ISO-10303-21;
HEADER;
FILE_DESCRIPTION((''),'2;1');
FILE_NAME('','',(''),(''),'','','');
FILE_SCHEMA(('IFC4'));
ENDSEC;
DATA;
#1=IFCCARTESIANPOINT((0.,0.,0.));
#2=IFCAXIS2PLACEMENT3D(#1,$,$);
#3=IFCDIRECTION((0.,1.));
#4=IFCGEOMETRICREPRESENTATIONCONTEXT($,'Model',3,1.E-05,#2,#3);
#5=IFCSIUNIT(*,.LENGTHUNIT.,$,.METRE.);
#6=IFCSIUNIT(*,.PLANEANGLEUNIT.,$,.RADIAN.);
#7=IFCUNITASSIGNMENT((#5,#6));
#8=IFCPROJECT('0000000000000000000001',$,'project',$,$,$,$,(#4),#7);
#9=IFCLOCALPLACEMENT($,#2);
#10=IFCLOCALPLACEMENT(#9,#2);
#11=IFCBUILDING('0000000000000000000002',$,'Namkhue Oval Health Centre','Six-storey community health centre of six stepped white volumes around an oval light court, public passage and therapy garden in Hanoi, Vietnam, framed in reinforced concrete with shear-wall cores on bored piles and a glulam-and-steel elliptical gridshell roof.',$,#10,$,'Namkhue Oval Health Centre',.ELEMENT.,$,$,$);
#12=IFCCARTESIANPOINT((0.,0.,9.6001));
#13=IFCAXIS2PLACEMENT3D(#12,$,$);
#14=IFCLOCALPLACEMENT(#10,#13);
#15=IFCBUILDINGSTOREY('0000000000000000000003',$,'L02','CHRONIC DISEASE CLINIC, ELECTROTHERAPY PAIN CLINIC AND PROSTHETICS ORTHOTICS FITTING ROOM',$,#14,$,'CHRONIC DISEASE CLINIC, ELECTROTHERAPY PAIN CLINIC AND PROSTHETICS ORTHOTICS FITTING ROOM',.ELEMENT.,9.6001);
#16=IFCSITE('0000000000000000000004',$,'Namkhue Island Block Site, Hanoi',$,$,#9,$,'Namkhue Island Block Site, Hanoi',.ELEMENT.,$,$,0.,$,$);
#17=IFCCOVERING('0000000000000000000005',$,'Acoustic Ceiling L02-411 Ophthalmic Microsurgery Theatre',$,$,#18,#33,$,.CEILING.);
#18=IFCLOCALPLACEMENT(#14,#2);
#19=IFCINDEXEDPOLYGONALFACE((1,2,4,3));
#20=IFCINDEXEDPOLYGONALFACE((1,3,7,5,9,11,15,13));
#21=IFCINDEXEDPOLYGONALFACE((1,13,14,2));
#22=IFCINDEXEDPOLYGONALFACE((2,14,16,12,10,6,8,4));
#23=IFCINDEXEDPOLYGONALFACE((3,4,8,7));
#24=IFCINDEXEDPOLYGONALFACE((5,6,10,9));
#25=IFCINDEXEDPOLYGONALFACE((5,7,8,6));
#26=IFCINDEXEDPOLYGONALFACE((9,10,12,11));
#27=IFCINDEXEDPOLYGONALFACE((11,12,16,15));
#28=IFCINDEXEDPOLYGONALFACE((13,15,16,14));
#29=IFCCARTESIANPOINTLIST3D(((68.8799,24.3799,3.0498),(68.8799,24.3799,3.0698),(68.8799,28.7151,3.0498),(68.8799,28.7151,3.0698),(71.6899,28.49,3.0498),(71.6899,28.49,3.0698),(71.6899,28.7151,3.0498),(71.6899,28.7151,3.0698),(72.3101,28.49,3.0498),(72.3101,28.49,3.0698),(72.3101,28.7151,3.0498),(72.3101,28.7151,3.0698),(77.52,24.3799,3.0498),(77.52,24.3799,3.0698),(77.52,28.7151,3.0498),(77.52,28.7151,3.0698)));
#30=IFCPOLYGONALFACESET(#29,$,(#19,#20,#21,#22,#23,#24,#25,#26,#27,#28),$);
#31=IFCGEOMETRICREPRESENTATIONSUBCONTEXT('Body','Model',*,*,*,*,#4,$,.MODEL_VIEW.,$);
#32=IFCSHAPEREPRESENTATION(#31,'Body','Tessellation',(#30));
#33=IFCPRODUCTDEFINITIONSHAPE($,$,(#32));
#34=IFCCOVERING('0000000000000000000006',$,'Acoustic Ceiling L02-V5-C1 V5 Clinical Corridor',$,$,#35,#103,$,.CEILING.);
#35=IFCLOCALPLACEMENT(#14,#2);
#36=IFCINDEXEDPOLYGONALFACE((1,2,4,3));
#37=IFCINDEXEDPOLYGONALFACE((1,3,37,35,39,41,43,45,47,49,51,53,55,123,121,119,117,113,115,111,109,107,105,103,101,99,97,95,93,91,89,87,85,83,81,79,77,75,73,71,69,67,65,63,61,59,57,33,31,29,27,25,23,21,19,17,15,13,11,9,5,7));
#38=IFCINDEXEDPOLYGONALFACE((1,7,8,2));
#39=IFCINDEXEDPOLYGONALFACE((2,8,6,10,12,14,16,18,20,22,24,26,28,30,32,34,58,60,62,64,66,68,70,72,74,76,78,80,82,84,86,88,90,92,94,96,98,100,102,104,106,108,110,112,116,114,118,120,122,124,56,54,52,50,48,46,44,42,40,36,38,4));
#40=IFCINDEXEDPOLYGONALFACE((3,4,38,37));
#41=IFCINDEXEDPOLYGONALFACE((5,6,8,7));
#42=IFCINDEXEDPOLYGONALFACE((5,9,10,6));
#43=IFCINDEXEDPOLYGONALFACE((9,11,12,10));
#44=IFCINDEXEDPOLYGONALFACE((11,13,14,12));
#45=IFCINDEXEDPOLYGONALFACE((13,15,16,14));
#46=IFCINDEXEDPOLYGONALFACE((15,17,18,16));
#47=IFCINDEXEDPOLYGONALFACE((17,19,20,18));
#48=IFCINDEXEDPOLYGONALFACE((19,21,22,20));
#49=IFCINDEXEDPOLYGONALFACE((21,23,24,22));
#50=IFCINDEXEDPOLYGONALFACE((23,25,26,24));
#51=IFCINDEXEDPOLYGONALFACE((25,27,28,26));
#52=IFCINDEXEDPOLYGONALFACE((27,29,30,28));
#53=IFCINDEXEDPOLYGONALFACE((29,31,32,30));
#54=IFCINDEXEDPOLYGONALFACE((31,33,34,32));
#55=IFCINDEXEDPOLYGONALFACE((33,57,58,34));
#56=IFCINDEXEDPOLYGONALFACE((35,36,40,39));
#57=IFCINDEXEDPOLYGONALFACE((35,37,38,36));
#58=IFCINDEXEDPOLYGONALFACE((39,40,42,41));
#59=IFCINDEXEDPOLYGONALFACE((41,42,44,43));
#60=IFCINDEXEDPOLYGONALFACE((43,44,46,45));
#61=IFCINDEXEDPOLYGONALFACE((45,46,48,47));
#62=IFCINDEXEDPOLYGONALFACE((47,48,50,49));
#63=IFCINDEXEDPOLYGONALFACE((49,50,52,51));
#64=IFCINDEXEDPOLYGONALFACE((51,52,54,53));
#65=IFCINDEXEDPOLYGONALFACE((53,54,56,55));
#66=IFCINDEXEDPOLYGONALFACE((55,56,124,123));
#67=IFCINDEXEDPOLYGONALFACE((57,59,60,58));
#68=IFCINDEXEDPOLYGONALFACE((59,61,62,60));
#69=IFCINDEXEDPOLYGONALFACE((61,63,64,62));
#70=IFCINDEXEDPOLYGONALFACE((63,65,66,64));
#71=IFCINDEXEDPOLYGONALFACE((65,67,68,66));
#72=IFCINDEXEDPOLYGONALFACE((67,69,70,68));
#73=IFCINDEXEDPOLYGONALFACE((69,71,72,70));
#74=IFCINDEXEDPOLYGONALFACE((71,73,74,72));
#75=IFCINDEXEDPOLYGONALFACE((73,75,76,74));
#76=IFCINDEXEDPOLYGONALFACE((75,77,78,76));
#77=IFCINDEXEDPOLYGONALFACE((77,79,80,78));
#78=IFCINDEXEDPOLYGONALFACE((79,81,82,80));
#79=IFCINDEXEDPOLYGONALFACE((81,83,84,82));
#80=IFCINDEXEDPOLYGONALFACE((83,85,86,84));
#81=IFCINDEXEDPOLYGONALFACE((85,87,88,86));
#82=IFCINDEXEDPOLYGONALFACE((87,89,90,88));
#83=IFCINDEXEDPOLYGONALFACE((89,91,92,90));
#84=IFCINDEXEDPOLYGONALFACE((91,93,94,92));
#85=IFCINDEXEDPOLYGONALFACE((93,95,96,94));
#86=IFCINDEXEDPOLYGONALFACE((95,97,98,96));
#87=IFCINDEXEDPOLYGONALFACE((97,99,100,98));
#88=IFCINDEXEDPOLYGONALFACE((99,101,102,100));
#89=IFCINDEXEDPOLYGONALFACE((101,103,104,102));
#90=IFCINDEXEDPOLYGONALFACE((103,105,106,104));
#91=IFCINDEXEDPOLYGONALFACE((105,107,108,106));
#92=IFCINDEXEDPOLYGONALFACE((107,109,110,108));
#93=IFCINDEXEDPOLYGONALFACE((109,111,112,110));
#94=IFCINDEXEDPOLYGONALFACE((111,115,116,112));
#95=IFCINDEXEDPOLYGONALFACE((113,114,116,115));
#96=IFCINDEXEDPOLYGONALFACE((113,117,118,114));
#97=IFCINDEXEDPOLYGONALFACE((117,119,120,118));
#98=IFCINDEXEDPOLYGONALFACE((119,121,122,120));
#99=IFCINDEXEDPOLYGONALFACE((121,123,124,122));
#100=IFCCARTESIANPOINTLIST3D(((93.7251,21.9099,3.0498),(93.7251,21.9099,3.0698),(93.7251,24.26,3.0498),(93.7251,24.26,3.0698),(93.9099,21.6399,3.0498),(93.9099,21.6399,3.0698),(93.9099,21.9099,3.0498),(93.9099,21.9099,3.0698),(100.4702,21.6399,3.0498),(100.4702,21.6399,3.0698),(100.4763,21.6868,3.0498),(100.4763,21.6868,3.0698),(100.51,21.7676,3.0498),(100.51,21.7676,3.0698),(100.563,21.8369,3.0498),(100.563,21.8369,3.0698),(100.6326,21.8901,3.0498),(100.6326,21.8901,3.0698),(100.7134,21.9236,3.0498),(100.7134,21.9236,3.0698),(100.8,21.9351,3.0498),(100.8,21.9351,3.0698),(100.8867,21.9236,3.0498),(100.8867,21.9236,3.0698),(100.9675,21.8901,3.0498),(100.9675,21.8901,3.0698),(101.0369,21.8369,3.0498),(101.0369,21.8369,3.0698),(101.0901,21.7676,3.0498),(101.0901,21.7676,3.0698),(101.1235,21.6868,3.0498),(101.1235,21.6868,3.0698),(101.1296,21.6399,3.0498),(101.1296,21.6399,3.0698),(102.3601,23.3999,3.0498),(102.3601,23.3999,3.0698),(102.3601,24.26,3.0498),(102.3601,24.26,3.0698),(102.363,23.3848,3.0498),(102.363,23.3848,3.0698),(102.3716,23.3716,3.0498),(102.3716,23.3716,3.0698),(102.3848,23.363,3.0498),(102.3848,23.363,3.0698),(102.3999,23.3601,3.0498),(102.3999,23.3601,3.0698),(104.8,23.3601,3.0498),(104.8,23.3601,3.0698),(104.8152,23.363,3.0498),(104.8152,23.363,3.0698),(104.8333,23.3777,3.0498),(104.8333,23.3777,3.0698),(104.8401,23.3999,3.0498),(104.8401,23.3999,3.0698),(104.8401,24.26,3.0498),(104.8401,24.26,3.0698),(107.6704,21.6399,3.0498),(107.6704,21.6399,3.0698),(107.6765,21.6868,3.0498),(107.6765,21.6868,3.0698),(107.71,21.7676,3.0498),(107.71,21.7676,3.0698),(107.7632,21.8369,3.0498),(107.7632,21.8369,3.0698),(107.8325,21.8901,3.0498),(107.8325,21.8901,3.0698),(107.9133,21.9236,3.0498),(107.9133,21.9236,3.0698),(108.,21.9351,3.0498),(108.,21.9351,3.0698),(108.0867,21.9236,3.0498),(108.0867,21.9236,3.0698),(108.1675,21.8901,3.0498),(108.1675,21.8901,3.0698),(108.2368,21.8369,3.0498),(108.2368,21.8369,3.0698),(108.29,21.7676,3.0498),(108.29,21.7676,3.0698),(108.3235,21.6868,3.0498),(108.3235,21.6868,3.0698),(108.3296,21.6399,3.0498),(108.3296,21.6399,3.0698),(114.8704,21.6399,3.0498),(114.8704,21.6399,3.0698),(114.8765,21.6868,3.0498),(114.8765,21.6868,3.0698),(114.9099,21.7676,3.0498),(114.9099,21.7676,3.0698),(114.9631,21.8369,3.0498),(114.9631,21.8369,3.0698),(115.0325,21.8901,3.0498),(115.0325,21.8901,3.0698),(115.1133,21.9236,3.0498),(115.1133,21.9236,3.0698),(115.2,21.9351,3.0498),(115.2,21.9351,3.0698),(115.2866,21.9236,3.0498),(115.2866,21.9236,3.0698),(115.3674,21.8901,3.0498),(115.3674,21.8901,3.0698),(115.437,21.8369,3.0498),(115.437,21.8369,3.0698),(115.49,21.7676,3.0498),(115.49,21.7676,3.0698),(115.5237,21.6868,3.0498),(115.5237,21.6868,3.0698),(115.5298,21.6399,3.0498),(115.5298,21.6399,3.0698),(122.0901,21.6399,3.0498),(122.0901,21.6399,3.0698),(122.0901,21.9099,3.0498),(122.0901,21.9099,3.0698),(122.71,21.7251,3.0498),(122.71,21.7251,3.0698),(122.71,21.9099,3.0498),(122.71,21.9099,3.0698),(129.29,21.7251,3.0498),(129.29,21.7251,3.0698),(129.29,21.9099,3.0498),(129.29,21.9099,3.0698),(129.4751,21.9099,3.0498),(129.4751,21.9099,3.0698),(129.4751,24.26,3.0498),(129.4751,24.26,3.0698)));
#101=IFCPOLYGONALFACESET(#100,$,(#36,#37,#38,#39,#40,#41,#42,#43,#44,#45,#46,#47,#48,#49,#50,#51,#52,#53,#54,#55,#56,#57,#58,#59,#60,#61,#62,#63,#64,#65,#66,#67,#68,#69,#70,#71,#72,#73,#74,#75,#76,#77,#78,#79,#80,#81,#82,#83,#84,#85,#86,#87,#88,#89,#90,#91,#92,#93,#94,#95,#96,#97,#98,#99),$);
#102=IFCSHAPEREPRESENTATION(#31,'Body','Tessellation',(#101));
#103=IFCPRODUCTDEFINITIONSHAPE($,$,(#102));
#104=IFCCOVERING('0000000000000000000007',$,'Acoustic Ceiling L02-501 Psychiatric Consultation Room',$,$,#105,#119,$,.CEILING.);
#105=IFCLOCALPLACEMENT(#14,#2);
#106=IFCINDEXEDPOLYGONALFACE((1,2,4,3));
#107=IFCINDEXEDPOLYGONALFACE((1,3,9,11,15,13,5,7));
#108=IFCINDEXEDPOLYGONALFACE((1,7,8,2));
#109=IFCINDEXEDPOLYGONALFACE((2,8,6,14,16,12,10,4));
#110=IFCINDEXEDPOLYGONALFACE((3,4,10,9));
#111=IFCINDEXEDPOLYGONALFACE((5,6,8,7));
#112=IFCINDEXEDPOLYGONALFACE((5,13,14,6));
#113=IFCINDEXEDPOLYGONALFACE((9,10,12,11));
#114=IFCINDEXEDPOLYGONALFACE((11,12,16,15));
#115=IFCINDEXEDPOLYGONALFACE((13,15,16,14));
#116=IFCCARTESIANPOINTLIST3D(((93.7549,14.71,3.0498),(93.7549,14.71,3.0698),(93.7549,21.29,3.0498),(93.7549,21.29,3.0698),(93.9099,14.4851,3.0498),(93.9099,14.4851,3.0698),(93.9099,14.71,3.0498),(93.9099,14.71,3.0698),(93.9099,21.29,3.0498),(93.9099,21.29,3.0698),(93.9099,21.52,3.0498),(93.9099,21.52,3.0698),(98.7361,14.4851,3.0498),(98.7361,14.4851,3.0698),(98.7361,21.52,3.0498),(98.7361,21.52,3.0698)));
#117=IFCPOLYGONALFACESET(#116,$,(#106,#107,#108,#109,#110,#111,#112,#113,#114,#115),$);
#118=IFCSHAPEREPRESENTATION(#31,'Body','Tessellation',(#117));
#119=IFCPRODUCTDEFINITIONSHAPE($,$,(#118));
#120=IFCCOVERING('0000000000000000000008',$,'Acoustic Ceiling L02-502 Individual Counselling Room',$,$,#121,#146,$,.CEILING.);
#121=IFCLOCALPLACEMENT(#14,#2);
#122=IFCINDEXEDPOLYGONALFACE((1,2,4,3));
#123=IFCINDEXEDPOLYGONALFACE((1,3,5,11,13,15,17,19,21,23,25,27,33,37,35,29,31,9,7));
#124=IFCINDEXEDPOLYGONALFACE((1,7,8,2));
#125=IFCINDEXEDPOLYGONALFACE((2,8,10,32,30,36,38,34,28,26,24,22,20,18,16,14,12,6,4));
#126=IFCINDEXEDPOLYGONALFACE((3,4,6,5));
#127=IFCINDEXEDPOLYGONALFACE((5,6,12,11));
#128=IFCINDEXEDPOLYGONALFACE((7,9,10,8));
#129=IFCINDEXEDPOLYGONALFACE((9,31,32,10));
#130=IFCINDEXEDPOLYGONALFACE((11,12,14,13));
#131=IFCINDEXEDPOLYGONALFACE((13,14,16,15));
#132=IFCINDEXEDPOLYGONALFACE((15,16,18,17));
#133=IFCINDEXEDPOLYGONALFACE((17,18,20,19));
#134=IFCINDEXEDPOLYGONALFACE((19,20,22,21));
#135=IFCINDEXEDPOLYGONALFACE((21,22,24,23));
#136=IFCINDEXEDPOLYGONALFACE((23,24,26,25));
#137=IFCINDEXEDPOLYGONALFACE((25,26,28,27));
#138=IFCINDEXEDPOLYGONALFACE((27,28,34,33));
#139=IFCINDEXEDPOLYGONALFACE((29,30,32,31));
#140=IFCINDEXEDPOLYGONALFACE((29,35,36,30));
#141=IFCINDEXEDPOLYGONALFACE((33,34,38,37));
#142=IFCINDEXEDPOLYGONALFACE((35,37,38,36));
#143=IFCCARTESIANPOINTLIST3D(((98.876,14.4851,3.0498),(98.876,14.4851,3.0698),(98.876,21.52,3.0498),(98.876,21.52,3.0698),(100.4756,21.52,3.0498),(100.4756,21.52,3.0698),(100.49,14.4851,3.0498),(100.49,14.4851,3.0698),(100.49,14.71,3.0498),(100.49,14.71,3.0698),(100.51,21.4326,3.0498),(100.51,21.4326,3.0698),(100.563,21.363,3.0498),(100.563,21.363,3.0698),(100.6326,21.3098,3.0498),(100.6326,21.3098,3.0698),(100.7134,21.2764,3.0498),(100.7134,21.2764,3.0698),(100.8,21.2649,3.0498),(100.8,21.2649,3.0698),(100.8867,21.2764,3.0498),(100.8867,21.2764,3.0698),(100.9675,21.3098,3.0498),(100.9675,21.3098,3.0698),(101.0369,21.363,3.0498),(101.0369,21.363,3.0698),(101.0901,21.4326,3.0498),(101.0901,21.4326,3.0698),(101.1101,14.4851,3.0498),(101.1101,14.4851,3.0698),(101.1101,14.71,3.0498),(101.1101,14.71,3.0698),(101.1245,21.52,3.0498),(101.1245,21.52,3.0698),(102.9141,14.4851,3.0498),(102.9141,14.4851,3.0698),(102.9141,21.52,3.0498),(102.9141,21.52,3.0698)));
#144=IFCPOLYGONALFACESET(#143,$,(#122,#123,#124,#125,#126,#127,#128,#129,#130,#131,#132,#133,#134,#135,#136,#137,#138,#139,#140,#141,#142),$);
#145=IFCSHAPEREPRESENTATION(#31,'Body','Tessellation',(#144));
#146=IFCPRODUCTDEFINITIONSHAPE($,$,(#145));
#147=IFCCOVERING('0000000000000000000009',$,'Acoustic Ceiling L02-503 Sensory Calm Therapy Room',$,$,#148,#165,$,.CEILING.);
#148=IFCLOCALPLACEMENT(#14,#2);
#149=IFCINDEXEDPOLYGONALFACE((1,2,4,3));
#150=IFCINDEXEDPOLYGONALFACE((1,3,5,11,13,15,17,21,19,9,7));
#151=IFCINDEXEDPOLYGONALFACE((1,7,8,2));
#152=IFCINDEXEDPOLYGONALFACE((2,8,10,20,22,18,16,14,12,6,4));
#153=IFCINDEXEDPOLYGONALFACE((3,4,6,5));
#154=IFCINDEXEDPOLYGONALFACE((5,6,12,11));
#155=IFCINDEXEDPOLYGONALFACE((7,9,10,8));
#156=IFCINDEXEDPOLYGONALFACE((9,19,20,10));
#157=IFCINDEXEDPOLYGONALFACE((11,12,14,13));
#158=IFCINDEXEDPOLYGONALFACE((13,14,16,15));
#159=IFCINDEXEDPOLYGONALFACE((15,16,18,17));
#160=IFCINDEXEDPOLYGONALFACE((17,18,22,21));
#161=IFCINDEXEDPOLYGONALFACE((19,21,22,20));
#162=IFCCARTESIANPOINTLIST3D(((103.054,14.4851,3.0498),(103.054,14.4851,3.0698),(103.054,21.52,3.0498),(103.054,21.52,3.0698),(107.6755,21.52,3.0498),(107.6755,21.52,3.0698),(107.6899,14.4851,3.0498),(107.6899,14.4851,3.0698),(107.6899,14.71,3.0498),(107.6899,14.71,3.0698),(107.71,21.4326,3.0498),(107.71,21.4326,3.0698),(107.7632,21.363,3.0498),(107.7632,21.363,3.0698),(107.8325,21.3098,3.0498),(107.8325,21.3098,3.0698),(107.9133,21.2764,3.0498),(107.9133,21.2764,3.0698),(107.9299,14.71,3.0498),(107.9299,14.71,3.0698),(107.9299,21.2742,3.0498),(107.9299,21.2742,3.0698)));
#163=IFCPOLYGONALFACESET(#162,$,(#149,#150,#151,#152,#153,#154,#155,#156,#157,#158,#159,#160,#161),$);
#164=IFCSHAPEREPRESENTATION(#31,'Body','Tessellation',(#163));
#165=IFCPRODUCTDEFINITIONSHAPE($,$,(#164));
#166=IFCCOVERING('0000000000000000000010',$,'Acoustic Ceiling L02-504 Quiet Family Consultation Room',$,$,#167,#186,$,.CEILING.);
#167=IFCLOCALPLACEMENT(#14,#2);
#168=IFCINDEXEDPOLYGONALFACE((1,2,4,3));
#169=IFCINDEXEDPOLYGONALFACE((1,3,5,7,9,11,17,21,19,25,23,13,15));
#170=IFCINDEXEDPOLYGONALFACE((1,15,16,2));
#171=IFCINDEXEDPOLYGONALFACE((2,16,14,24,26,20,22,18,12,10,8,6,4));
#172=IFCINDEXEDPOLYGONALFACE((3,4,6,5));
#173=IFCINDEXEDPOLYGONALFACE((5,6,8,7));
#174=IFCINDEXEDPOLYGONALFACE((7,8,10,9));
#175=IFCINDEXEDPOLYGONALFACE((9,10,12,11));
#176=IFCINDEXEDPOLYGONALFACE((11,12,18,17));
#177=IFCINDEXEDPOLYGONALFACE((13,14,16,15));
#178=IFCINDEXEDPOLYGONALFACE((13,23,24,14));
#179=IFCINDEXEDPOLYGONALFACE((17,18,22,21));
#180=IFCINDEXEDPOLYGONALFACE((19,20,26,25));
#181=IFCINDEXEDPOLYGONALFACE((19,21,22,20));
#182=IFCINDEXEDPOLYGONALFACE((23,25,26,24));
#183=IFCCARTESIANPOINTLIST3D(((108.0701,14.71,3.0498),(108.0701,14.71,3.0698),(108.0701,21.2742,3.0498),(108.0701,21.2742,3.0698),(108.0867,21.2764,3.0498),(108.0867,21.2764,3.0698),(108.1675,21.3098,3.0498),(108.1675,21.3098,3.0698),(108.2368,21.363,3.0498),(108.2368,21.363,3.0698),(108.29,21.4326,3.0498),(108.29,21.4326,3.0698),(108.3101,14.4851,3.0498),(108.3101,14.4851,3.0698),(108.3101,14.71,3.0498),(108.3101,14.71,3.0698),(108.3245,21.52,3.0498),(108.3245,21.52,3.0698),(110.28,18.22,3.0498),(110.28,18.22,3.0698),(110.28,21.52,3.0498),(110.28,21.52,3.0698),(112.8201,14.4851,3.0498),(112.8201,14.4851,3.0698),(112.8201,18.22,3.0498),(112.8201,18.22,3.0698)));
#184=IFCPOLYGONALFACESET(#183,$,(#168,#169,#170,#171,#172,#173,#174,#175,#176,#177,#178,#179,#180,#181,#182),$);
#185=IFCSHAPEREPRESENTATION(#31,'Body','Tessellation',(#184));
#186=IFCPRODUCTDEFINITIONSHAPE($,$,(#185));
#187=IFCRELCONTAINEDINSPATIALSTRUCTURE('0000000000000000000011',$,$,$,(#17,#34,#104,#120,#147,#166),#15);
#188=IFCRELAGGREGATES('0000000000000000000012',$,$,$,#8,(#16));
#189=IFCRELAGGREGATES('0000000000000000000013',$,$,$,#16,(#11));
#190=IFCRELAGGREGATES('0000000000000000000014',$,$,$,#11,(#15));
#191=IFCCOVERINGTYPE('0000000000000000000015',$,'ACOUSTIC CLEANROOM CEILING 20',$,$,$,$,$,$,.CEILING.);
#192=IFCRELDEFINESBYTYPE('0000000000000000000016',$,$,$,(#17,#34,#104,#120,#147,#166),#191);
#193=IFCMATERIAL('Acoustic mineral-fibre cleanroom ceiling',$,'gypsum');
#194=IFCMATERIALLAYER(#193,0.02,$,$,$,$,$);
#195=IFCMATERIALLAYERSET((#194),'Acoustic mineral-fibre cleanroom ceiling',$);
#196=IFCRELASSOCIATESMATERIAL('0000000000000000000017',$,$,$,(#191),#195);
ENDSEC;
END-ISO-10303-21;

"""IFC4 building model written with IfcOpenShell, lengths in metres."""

from ifc_helpers import new_model, si_unit, direction, frame, origin, place, context, subcontext, project, spatial, polyline, outline, extrude, material, layer, layer_set, type_object, element, save


model = new_model("IFC4")

# Units and contexts
model_context = context("Model", 3, precision=1e-05, world=origin(), true_north=direction((0.0, 1.0)))
body_context = subcontext(model_context, "Body", "Model", "MODEL_VIEW")
ifc_project = project(units=[si_unit("LENGTHUNIT", "METRE"), si_unit("PLANEANGLEUNIT", "RADIAN")], contexts=[model_context])

# Site, building, storey
site_placement = place(None, origin())
site = spatial("IfcSite", under=ifc_project, at=site_placement, Name="Namkhue Island Block Site, Hanoi", LongName="Namkhue Island Block Site, Hanoi", CompositionType="ELEMENT", RefElevation=0.0)
building_placement = place(site_placement, origin())
building = spatial("IfcBuilding", under=site, at=building_placement, Name="Namkhue Oval Health Centre", Description="Six-storey community health centre of six stepped white volumes around an oval light court, public passage and therapy garden in Hanoi, Vietnam, framed in reinforced concrete with shear-wall cores on bored piles and a glulam-and-steel elliptical gridshell roof.", LongName="Namkhue Oval Health Centre", CompositionType="ELEMENT")
storey_placement = place(building_placement, frame((0.0, 0.0, 9.6001)))
storey = spatial("IfcBuildingStorey", under=building, at=storey_placement, Name="L02", Description="CHRONIC DISEASE CLINIC, ELECTROTHERAPY PAIN CLINIC AND PROSTHETICS ORTHOTICS FITTING ROOM", LongName="CHRONIC DISEASE CLINIC, ELECTROTHERAPY PAIN CLINIC AND PROSTHETICS ORTHOTICS FITTING ROOM", CompositionType="ELEMENT", Elevation=9.6001)

# Coverings
ifc_material_1 = material(Name="Acoustic mineral-fibre cleanroom ceiling", Category="gypsum")
ifc_layer_1 = layer(ifc_material_1, 0.02)
ifc_layer_set_1 = layer_set([ifc_layer_1], Name="Acoustic mineral-fibre cleanroom ceiling")
covering_type_1 = type_object("IfcCoveringType", Name="ACOUSTIC CLEANROOM CEILING 20", PredefinedType="CEILING", material=ifc_layer_set_1)
covering_1_placement = place(storey_placement, frame((0.0, 0.0, 3.0498)))
element("IfcCovering", 1, at=covering_1_placement, inside=storey, type_object=covering_type_1, Name="Acoustic Ceiling L02-411 Ophthalmic Microsurgery Theatre", PredefinedType="CEILING", context=body_context, shape_type="SweptSolid", body=[
    extrude(outline(polyline([(68.8799, 24.3799), (68.8799, 28.7151), (71.6899, 28.7151), (71.6899, 28.49), (72.3101, 28.49), (72.3101, 28.7151), (77.52, 28.7151), (77.52, 24.3799), (68.8799, 24.3799)])), origin(), (0.0, 0.0, 1.0), 0.02),
])
covering_2_placement = place(storey_placement, frame((0.0, 0.0, 3.0498)))
element("IfcCovering", 2, at=covering_2_placement, inside=storey, type_object=covering_type_1, Name="Acoustic Ceiling L02-V5-C1 V5 Clinical Corridor", PredefinedType="CEILING", context=body_context, shape_type="SweptSolid", body=[
    extrude(outline(polyline([(115.5298, 21.6399), (115.5237, 21.6868), (115.49, 21.7676), (115.437, 21.8369), (115.3674, 21.8901), (115.2866, 21.9236), (115.2, 21.9351), (115.1133, 21.9236), (115.0325, 21.8901), (114.9631, 21.8369), (114.9099, 21.7676), (114.8765, 21.6868), (114.8704, 21.6399), (108.3296, 21.6399), (108.3235, 21.6868), (108.29, 21.7676), (108.2368, 21.8369), (108.1675, 21.8901), (108.0867, 21.9236), (108.0, 21.9351), (107.9133, 21.9236), (107.8325, 21.8901), (107.7632, 21.8369), (107.71, 21.7676), (107.6765, 21.6868), (107.6704, 21.6399), (101.1296, 21.6399), (101.1235, 21.6868), (101.0901, 21.7676), (101.0369, 21.8369), (100.9675, 21.8901), (100.8867, 21.9236), (100.8, 21.9351), (100.7134, 21.9236), (100.6326, 21.8901), (100.563, 21.8369), (100.51, 21.7676), (100.4763, 21.6868), (100.4702, 21.6399), (93.9099, 21.6399), (93.9099, 21.9099), (93.7251, 21.9099), (93.7251, 24.26), (102.3601, 24.26), (102.3601, 23.3999), (102.363, 23.3848), (102.3716, 23.3716), (102.3848, 23.363), (102.3999, 23.3601), (104.8, 23.3601), (104.8152, 23.363), (104.8333, 23.3777), (104.8401, 23.3999), (104.8401, 24.26), (129.4751, 24.26), (129.4751, 21.9099), (129.29, 21.9099), (129.29, 21.7251), (122.71, 21.7251), (122.71, 21.9099), (122.0901, 21.9099), (122.0901, 21.6399), (115.5298, 21.6399)])), origin(), (0.0, 0.0, 1.0), 0.02),
])
covering_3_placement = place(storey_placement, frame((0.0, 0.0, 3.0498)))
element("IfcCovering", 3, at=covering_3_placement, inside=storey, type_object=covering_type_1, Name="Acoustic Ceiling L02-501 Psychiatric Consultation Room", PredefinedType="CEILING", context=body_context, shape_type="SweptSolid", body=[
    extrude(outline(polyline([(93.9099, 14.4851), (93.9099, 14.71), (93.7549, 14.71), (93.7549, 21.29), (93.9099, 21.29), (93.9099, 21.52), (98.7361, 21.52), (98.7361, 14.4851), (93.9099, 14.4851)])), origin(), (0.0, 0.0, 1.0), 0.02),
])
covering_4_placement = place(storey_placement, frame((0.0, 0.0, 3.0498)))
element("IfcCovering", 4, at=covering_4_placement, inside=storey, type_object=covering_type_1, Name="Acoustic Ceiling L02-502 Individual Counselling Room", PredefinedType="CEILING", context=body_context, shape_type="SweptSolid", body=[
    extrude(outline(polyline([(101.1101, 14.4851), (101.1101, 14.71), (100.49, 14.71), (100.49, 14.4851), (98.876, 14.4851), (98.876, 21.52), (100.4756, 21.52), (100.51, 21.4326), (100.563, 21.363), (100.6326, 21.3098), (100.7134, 21.2764), (100.8, 21.2649), (100.8867, 21.2764), (100.9675, 21.3098), (101.0369, 21.363), (101.0901, 21.4326), (101.1245, 21.52), (102.9141, 21.52), (102.9141, 14.4851), (101.1101, 14.4851)])), origin(), (0.0, 0.0, 1.0), 0.02),
])
covering_5_placement = place(storey_placement, frame((0.0, 0.0, 3.0498)))
element("IfcCovering", 5, at=covering_5_placement, inside=storey, type_object=covering_type_1, Name="Acoustic Ceiling L02-503 Sensory Calm Therapy Room", PredefinedType="CEILING", context=body_context, shape_type="SweptSolid", body=[
    extrude(outline(polyline([(103.054, 14.4851), (103.054, 21.52), (107.6755, 21.52), (107.71, 21.4326), (107.7632, 21.363), (107.8325, 21.3098), (107.9133, 21.2764), (107.9299, 21.2742), (107.9299, 14.71), (107.6899, 14.71), (107.6899, 14.4851), (103.054, 14.4851)])), origin(), (0.0, 0.0, 1.0), 0.02),
])
covering_6_placement = place(storey_placement, frame((0.0, 0.0, 3.0498)))
element("IfcCovering", 6, at=covering_6_placement, inside=storey, type_object=covering_type_1, Name="Acoustic Ceiling L02-504 Quiet Family Consultation Room", PredefinedType="CEILING", context=body_context, shape_type="SweptSolid", body=[
    extrude(outline(polyline([(110.28, 21.52), (110.28, 18.22), (112.8201, 18.22), (112.8201, 14.4851), (108.3101, 14.4851), (108.3101, 14.71), (108.0701, 14.71), (108.0701, 21.2742), (108.0867, 21.2764), (108.1675, 21.3098), (108.2368, 21.363), (108.29, 21.4326), (108.3245, 21.52), (110.28, 21.52)])), origin(), (0.0, 0.0, 1.0), 0.02),
])

save(model, "model.ifc")
